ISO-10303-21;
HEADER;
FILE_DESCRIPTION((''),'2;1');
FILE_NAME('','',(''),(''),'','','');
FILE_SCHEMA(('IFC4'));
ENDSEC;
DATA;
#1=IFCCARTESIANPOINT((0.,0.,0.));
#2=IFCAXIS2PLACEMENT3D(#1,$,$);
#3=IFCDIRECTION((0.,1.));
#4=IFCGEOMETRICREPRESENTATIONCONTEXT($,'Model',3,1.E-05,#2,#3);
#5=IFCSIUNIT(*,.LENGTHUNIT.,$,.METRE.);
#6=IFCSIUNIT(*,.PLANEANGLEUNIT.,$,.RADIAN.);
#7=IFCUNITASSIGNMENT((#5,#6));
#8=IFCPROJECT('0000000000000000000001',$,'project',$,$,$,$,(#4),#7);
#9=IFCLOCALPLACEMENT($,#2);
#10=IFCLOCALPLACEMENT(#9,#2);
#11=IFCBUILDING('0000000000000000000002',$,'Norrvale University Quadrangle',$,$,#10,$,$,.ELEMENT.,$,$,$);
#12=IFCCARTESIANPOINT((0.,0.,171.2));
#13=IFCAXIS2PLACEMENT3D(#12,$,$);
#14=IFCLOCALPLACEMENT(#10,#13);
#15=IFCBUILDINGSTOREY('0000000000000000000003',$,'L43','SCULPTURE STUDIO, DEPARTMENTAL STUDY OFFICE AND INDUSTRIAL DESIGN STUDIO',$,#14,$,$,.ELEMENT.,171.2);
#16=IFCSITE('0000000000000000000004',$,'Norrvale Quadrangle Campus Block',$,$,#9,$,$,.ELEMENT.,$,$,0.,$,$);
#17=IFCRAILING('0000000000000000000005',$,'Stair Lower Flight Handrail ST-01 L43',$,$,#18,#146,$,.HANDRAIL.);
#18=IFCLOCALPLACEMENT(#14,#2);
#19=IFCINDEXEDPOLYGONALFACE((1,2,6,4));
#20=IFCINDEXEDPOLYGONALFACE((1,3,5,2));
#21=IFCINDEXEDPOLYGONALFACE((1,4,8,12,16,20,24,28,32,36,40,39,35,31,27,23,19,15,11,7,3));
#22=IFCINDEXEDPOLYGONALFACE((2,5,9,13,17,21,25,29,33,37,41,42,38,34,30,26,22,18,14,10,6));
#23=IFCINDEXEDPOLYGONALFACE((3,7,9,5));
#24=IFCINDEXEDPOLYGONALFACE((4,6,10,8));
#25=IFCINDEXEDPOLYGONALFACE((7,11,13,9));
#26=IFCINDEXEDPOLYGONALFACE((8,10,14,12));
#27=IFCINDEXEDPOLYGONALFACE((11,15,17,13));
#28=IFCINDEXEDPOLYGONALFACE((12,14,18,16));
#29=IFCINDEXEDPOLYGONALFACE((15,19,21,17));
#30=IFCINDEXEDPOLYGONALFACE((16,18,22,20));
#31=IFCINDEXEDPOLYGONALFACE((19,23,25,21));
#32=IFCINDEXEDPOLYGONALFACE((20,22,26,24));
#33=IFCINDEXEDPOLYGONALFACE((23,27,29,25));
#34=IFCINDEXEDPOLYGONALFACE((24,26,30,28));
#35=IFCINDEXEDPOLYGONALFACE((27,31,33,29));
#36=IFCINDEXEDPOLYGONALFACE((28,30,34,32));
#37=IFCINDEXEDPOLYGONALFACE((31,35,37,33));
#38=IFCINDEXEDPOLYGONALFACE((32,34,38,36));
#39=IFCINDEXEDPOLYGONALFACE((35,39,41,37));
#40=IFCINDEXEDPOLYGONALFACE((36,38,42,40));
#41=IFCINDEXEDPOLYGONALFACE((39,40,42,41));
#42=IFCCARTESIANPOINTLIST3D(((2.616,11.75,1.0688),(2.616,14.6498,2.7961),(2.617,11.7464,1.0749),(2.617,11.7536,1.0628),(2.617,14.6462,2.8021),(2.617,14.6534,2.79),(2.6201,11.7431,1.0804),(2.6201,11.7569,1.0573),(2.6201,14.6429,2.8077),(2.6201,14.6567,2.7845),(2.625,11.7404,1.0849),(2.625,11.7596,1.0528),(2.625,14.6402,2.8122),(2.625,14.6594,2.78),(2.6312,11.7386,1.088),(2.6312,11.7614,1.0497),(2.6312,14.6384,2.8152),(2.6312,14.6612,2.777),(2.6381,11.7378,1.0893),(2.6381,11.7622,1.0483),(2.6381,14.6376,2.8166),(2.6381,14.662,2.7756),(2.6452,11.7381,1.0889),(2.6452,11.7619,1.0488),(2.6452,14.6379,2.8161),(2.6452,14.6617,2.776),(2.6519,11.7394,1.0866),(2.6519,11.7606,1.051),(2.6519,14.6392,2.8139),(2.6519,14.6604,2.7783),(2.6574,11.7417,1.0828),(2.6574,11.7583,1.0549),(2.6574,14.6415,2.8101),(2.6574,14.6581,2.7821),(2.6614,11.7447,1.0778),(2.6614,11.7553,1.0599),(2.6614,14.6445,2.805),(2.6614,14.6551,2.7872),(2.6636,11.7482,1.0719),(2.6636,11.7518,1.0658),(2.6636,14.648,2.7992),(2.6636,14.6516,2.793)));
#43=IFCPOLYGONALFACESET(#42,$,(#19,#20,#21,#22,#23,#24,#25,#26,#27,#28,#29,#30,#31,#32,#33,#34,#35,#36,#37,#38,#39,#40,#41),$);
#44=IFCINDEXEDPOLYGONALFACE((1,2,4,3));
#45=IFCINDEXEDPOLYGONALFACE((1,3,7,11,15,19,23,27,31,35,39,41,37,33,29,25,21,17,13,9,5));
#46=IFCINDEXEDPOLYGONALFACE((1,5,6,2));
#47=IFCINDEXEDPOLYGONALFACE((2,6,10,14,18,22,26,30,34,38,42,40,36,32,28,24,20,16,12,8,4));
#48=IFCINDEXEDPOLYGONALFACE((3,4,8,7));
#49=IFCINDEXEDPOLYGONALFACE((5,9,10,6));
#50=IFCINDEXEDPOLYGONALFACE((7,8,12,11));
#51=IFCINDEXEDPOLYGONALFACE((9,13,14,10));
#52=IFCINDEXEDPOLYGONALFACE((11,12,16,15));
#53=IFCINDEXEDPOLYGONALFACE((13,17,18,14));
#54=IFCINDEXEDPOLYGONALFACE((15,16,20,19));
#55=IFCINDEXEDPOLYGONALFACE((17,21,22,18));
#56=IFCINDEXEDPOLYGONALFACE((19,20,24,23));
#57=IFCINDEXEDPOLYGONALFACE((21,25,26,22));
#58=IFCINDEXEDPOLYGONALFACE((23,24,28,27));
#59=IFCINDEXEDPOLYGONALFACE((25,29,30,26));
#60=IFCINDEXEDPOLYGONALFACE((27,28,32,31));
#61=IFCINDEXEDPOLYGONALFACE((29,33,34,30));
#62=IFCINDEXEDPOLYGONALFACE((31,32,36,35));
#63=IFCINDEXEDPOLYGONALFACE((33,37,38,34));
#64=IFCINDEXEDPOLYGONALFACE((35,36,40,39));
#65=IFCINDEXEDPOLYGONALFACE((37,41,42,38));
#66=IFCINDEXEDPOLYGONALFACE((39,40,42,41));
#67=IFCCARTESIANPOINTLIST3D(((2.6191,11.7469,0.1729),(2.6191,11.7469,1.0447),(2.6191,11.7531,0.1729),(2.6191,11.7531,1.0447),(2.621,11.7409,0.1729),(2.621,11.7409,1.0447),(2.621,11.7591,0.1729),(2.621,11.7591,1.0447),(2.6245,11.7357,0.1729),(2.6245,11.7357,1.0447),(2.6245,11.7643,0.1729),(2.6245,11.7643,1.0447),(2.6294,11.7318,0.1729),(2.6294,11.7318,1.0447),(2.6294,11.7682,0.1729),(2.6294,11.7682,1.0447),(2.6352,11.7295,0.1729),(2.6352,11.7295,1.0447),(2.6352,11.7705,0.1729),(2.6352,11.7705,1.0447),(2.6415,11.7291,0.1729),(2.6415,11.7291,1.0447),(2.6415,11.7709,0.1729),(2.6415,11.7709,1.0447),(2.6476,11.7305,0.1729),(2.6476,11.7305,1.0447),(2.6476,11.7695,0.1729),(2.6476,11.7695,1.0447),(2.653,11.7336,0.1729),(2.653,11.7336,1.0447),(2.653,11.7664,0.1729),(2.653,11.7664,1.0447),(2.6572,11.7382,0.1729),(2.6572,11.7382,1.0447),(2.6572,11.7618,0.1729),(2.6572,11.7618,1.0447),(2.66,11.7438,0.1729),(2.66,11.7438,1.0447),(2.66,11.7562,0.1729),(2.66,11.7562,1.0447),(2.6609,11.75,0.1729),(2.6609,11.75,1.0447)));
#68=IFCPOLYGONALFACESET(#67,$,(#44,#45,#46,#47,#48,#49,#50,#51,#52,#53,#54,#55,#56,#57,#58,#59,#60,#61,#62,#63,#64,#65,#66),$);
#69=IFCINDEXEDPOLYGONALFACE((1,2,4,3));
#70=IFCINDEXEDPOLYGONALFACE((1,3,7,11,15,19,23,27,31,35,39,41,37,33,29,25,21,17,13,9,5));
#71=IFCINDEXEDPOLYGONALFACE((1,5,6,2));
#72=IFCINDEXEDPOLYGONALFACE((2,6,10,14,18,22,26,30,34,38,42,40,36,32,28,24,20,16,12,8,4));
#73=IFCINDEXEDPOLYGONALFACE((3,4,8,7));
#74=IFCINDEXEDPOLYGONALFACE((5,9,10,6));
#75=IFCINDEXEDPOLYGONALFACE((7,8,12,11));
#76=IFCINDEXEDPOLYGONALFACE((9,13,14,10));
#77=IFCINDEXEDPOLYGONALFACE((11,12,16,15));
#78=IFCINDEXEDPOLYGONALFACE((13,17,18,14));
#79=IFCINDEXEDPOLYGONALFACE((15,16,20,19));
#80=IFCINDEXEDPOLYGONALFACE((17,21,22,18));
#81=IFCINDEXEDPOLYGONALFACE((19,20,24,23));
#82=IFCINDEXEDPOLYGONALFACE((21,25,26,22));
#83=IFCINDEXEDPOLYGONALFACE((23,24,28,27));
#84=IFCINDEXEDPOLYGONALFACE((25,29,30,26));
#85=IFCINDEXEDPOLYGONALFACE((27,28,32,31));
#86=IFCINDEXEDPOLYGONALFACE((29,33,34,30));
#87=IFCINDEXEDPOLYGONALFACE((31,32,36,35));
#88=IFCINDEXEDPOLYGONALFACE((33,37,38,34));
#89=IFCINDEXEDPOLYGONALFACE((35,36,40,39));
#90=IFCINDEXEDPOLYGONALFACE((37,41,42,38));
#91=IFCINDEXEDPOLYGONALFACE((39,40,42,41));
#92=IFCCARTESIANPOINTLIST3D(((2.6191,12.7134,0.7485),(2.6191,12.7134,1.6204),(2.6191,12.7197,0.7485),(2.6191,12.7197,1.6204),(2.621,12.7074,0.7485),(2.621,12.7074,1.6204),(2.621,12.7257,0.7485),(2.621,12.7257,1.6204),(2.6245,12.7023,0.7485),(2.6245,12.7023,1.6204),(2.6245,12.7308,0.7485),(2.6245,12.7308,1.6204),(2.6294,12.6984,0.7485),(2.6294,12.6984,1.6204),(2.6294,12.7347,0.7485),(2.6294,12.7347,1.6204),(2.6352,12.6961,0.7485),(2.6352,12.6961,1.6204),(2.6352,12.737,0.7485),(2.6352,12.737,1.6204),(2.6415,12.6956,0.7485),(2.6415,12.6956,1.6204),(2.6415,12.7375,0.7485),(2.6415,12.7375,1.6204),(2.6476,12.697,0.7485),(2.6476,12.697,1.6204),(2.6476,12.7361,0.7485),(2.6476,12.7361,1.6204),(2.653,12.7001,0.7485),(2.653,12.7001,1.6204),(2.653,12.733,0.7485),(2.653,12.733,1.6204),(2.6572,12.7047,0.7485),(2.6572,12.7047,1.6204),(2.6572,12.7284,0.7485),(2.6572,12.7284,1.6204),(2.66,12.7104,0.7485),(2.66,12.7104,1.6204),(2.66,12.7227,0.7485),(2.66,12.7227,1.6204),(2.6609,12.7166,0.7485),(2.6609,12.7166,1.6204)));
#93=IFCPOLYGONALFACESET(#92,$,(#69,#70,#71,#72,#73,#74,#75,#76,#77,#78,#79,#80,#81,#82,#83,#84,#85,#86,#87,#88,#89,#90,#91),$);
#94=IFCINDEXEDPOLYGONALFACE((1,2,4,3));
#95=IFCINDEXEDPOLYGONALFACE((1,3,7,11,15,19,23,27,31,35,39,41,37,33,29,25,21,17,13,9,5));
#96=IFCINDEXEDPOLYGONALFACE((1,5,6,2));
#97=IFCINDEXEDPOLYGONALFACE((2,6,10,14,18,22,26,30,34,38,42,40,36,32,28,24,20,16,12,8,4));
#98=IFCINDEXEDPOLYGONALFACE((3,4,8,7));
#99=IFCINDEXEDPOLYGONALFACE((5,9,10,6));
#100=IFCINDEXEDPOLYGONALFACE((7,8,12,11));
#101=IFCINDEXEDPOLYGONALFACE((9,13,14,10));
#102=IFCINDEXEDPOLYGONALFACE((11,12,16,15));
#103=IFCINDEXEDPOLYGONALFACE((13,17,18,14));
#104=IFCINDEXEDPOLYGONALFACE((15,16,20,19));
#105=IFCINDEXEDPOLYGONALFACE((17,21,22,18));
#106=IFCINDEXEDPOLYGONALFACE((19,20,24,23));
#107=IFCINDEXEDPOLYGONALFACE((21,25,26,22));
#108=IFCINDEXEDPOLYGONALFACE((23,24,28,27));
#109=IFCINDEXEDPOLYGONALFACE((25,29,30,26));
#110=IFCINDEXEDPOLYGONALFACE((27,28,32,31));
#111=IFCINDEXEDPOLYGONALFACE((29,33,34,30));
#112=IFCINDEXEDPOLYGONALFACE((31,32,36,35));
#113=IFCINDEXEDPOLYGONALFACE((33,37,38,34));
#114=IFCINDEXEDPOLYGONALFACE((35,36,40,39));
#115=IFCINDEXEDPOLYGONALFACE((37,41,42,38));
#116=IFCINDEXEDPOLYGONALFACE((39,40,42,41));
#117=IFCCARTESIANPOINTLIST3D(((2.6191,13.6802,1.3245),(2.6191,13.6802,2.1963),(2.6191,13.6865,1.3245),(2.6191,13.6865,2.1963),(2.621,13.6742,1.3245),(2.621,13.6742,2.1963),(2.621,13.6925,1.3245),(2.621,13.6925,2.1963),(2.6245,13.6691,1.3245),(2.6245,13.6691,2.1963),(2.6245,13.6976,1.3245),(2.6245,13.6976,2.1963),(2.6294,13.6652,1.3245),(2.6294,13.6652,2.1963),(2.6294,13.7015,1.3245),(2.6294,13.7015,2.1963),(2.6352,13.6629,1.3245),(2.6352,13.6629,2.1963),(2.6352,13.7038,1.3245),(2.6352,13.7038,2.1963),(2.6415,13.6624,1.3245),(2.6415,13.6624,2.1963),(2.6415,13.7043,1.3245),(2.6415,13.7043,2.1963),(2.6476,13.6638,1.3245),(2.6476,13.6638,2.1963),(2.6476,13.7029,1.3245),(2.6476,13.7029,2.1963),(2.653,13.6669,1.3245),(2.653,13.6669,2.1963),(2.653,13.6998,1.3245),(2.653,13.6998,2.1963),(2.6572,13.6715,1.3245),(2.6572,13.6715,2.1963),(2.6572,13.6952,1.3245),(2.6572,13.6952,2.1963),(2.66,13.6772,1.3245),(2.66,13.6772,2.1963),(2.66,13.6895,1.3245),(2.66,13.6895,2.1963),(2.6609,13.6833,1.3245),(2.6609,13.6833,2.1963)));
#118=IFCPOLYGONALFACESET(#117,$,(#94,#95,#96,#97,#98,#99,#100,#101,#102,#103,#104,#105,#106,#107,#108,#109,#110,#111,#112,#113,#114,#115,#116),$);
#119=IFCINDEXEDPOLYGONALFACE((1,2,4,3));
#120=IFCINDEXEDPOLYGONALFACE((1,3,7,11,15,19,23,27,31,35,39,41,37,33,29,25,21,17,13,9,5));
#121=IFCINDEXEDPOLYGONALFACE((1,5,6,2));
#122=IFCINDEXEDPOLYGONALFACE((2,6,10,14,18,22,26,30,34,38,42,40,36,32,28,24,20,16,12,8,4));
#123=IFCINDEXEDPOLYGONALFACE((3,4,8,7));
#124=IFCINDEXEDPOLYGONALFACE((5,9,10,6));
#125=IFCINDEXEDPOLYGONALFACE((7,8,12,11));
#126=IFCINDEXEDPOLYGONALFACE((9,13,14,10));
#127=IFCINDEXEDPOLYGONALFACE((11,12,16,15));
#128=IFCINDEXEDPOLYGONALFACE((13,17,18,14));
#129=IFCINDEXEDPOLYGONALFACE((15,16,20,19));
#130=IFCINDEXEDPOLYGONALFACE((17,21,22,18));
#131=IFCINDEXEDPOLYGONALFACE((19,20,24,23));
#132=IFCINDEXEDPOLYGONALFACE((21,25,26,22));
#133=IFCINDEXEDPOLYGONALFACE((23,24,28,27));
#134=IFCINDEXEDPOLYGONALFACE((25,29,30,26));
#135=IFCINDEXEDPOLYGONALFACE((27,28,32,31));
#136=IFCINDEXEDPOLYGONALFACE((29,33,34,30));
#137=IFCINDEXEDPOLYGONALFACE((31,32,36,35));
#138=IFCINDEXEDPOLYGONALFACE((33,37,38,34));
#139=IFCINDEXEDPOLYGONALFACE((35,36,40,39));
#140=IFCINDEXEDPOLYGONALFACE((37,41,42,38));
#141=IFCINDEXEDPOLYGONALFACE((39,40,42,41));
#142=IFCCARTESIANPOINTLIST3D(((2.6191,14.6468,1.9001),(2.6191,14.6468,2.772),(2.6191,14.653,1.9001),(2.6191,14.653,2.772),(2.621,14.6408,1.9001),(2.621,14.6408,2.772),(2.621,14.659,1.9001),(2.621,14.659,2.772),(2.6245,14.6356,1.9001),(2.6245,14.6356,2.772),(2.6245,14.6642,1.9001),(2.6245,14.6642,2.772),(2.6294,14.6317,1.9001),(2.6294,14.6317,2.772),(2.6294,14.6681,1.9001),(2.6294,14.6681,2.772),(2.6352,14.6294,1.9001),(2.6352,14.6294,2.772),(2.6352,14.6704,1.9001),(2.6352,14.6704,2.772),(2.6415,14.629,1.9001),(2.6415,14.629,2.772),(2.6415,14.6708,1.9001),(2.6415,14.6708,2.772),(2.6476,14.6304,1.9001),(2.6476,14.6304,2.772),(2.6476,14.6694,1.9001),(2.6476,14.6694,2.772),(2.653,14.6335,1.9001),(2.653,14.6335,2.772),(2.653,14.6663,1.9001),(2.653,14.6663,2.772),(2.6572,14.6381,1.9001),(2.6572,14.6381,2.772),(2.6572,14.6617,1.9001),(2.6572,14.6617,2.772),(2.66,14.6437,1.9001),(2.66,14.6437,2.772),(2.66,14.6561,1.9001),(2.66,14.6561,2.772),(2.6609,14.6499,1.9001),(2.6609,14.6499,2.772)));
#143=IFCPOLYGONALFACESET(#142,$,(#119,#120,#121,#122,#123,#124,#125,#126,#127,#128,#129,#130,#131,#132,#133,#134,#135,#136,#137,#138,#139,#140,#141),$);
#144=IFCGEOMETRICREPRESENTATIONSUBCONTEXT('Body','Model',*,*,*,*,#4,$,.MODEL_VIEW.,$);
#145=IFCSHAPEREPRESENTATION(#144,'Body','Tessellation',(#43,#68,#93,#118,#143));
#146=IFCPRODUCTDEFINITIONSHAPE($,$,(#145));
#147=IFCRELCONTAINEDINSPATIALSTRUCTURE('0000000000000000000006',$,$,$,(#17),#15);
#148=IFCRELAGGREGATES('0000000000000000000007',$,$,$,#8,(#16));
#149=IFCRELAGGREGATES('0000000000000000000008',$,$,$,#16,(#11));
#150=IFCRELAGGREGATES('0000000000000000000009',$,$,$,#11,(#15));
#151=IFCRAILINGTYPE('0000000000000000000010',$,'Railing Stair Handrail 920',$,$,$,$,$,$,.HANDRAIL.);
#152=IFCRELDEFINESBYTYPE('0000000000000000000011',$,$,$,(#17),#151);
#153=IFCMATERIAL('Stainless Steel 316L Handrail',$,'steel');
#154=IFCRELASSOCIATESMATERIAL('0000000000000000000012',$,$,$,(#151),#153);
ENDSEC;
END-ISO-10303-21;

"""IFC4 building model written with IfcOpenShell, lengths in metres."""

from ifc_helpers import new_model, si_unit, direction, frame, origin, origin_2d, place, context, subcontext, project, spatial, circle, extrude, material, type_object, element, save


model = new_model("IFC4")

# Units and contexts
model_context = context("Model", 3, precision=1e-05, world=origin(), true_north=direction((0.0, 1.0)))
body_context = subcontext(model_context, "Body", "Model", "MODEL_VIEW")
ifc_project = project(units=[si_unit("LENGTHUNIT", "METRE"), si_unit("PLANEANGLEUNIT", "RADIAN")], contexts=[model_context])

# Site, building, storey
site_placement = place(None, origin())
site = spatial("IfcSite", under=ifc_project, at=site_placement, Name="Norrvale Quadrangle Campus Block", CompositionType="ELEMENT", RefElevation=0.0)
building_placement = place(site_placement, origin())
building = spatial("IfcBuilding", under=site, at=building_placement, Name="Norrvale University Quadrangle", CompositionType="ELEMENT")
storey_placement = place(building_placement, frame((0.0, 0.0, 171.2)))
storey = spatial("IfcBuildingStorey", under=building, at=storey_placement, Name="L43", Description="SCULPTURE STUDIO, DEPARTMENTAL STUDY OFFICE AND INDUSTRIAL DESIGN STUDIO", CompositionType="ELEMENT", Elevation=171.2)

# Railing
ifc_material_1 = material(Name="Stainless Steel 316L Handrail", Category="steel")
railing_type_1 = type_object("IfcRailingType", Name="Railing Stair Handrail 920", PredefinedType="HANDRAIL", material=ifc_material_1)
railing_1_placement = place(storey_placement, frame((2.6399, 11.75, 0.1729)))
element("IfcRailing", 1, at=railing_1_placement, inside=storey, type_object=railing_type_1, Name="Stair Lower Flight Handrail ST-01 L43", PredefinedType="HANDRAIL", context=body_context, shape_type="SweptSolid", body=[
    extrude(circle(Radius=0.0239, at=origin_2d()), frame((0.0, 0.0, 0.896), z_axis=(0.0, 0.859141, 0.511738), x_axis=(-1.0, 0.0, 0.0)), (0.0, 0.0, 1.0), 3.3752),
    extrude(circle(Radius=0.021, at=origin_2d()), origin(), (0.0, 0.0, 1.0), 0.8718),
    extrude(circle(Radius=0.021, at=origin_2d()), frame((0.0, 0.9666, 0.5757)), (0.0, 0.0, 1.0), 0.8718),
    extrude(circle(Radius=0.021, at=origin_2d()), frame((0.0, 1.9333, 1.1516)), (0.0, 0.0, 1.0), 0.8718),
    extrude(circle(Radius=0.021, at=origin_2d()), frame((0.0, 2.8999, 1.7273)), (0.0, 0.0, 1.0), 0.8718),
])

save(model, "model.ifc")
